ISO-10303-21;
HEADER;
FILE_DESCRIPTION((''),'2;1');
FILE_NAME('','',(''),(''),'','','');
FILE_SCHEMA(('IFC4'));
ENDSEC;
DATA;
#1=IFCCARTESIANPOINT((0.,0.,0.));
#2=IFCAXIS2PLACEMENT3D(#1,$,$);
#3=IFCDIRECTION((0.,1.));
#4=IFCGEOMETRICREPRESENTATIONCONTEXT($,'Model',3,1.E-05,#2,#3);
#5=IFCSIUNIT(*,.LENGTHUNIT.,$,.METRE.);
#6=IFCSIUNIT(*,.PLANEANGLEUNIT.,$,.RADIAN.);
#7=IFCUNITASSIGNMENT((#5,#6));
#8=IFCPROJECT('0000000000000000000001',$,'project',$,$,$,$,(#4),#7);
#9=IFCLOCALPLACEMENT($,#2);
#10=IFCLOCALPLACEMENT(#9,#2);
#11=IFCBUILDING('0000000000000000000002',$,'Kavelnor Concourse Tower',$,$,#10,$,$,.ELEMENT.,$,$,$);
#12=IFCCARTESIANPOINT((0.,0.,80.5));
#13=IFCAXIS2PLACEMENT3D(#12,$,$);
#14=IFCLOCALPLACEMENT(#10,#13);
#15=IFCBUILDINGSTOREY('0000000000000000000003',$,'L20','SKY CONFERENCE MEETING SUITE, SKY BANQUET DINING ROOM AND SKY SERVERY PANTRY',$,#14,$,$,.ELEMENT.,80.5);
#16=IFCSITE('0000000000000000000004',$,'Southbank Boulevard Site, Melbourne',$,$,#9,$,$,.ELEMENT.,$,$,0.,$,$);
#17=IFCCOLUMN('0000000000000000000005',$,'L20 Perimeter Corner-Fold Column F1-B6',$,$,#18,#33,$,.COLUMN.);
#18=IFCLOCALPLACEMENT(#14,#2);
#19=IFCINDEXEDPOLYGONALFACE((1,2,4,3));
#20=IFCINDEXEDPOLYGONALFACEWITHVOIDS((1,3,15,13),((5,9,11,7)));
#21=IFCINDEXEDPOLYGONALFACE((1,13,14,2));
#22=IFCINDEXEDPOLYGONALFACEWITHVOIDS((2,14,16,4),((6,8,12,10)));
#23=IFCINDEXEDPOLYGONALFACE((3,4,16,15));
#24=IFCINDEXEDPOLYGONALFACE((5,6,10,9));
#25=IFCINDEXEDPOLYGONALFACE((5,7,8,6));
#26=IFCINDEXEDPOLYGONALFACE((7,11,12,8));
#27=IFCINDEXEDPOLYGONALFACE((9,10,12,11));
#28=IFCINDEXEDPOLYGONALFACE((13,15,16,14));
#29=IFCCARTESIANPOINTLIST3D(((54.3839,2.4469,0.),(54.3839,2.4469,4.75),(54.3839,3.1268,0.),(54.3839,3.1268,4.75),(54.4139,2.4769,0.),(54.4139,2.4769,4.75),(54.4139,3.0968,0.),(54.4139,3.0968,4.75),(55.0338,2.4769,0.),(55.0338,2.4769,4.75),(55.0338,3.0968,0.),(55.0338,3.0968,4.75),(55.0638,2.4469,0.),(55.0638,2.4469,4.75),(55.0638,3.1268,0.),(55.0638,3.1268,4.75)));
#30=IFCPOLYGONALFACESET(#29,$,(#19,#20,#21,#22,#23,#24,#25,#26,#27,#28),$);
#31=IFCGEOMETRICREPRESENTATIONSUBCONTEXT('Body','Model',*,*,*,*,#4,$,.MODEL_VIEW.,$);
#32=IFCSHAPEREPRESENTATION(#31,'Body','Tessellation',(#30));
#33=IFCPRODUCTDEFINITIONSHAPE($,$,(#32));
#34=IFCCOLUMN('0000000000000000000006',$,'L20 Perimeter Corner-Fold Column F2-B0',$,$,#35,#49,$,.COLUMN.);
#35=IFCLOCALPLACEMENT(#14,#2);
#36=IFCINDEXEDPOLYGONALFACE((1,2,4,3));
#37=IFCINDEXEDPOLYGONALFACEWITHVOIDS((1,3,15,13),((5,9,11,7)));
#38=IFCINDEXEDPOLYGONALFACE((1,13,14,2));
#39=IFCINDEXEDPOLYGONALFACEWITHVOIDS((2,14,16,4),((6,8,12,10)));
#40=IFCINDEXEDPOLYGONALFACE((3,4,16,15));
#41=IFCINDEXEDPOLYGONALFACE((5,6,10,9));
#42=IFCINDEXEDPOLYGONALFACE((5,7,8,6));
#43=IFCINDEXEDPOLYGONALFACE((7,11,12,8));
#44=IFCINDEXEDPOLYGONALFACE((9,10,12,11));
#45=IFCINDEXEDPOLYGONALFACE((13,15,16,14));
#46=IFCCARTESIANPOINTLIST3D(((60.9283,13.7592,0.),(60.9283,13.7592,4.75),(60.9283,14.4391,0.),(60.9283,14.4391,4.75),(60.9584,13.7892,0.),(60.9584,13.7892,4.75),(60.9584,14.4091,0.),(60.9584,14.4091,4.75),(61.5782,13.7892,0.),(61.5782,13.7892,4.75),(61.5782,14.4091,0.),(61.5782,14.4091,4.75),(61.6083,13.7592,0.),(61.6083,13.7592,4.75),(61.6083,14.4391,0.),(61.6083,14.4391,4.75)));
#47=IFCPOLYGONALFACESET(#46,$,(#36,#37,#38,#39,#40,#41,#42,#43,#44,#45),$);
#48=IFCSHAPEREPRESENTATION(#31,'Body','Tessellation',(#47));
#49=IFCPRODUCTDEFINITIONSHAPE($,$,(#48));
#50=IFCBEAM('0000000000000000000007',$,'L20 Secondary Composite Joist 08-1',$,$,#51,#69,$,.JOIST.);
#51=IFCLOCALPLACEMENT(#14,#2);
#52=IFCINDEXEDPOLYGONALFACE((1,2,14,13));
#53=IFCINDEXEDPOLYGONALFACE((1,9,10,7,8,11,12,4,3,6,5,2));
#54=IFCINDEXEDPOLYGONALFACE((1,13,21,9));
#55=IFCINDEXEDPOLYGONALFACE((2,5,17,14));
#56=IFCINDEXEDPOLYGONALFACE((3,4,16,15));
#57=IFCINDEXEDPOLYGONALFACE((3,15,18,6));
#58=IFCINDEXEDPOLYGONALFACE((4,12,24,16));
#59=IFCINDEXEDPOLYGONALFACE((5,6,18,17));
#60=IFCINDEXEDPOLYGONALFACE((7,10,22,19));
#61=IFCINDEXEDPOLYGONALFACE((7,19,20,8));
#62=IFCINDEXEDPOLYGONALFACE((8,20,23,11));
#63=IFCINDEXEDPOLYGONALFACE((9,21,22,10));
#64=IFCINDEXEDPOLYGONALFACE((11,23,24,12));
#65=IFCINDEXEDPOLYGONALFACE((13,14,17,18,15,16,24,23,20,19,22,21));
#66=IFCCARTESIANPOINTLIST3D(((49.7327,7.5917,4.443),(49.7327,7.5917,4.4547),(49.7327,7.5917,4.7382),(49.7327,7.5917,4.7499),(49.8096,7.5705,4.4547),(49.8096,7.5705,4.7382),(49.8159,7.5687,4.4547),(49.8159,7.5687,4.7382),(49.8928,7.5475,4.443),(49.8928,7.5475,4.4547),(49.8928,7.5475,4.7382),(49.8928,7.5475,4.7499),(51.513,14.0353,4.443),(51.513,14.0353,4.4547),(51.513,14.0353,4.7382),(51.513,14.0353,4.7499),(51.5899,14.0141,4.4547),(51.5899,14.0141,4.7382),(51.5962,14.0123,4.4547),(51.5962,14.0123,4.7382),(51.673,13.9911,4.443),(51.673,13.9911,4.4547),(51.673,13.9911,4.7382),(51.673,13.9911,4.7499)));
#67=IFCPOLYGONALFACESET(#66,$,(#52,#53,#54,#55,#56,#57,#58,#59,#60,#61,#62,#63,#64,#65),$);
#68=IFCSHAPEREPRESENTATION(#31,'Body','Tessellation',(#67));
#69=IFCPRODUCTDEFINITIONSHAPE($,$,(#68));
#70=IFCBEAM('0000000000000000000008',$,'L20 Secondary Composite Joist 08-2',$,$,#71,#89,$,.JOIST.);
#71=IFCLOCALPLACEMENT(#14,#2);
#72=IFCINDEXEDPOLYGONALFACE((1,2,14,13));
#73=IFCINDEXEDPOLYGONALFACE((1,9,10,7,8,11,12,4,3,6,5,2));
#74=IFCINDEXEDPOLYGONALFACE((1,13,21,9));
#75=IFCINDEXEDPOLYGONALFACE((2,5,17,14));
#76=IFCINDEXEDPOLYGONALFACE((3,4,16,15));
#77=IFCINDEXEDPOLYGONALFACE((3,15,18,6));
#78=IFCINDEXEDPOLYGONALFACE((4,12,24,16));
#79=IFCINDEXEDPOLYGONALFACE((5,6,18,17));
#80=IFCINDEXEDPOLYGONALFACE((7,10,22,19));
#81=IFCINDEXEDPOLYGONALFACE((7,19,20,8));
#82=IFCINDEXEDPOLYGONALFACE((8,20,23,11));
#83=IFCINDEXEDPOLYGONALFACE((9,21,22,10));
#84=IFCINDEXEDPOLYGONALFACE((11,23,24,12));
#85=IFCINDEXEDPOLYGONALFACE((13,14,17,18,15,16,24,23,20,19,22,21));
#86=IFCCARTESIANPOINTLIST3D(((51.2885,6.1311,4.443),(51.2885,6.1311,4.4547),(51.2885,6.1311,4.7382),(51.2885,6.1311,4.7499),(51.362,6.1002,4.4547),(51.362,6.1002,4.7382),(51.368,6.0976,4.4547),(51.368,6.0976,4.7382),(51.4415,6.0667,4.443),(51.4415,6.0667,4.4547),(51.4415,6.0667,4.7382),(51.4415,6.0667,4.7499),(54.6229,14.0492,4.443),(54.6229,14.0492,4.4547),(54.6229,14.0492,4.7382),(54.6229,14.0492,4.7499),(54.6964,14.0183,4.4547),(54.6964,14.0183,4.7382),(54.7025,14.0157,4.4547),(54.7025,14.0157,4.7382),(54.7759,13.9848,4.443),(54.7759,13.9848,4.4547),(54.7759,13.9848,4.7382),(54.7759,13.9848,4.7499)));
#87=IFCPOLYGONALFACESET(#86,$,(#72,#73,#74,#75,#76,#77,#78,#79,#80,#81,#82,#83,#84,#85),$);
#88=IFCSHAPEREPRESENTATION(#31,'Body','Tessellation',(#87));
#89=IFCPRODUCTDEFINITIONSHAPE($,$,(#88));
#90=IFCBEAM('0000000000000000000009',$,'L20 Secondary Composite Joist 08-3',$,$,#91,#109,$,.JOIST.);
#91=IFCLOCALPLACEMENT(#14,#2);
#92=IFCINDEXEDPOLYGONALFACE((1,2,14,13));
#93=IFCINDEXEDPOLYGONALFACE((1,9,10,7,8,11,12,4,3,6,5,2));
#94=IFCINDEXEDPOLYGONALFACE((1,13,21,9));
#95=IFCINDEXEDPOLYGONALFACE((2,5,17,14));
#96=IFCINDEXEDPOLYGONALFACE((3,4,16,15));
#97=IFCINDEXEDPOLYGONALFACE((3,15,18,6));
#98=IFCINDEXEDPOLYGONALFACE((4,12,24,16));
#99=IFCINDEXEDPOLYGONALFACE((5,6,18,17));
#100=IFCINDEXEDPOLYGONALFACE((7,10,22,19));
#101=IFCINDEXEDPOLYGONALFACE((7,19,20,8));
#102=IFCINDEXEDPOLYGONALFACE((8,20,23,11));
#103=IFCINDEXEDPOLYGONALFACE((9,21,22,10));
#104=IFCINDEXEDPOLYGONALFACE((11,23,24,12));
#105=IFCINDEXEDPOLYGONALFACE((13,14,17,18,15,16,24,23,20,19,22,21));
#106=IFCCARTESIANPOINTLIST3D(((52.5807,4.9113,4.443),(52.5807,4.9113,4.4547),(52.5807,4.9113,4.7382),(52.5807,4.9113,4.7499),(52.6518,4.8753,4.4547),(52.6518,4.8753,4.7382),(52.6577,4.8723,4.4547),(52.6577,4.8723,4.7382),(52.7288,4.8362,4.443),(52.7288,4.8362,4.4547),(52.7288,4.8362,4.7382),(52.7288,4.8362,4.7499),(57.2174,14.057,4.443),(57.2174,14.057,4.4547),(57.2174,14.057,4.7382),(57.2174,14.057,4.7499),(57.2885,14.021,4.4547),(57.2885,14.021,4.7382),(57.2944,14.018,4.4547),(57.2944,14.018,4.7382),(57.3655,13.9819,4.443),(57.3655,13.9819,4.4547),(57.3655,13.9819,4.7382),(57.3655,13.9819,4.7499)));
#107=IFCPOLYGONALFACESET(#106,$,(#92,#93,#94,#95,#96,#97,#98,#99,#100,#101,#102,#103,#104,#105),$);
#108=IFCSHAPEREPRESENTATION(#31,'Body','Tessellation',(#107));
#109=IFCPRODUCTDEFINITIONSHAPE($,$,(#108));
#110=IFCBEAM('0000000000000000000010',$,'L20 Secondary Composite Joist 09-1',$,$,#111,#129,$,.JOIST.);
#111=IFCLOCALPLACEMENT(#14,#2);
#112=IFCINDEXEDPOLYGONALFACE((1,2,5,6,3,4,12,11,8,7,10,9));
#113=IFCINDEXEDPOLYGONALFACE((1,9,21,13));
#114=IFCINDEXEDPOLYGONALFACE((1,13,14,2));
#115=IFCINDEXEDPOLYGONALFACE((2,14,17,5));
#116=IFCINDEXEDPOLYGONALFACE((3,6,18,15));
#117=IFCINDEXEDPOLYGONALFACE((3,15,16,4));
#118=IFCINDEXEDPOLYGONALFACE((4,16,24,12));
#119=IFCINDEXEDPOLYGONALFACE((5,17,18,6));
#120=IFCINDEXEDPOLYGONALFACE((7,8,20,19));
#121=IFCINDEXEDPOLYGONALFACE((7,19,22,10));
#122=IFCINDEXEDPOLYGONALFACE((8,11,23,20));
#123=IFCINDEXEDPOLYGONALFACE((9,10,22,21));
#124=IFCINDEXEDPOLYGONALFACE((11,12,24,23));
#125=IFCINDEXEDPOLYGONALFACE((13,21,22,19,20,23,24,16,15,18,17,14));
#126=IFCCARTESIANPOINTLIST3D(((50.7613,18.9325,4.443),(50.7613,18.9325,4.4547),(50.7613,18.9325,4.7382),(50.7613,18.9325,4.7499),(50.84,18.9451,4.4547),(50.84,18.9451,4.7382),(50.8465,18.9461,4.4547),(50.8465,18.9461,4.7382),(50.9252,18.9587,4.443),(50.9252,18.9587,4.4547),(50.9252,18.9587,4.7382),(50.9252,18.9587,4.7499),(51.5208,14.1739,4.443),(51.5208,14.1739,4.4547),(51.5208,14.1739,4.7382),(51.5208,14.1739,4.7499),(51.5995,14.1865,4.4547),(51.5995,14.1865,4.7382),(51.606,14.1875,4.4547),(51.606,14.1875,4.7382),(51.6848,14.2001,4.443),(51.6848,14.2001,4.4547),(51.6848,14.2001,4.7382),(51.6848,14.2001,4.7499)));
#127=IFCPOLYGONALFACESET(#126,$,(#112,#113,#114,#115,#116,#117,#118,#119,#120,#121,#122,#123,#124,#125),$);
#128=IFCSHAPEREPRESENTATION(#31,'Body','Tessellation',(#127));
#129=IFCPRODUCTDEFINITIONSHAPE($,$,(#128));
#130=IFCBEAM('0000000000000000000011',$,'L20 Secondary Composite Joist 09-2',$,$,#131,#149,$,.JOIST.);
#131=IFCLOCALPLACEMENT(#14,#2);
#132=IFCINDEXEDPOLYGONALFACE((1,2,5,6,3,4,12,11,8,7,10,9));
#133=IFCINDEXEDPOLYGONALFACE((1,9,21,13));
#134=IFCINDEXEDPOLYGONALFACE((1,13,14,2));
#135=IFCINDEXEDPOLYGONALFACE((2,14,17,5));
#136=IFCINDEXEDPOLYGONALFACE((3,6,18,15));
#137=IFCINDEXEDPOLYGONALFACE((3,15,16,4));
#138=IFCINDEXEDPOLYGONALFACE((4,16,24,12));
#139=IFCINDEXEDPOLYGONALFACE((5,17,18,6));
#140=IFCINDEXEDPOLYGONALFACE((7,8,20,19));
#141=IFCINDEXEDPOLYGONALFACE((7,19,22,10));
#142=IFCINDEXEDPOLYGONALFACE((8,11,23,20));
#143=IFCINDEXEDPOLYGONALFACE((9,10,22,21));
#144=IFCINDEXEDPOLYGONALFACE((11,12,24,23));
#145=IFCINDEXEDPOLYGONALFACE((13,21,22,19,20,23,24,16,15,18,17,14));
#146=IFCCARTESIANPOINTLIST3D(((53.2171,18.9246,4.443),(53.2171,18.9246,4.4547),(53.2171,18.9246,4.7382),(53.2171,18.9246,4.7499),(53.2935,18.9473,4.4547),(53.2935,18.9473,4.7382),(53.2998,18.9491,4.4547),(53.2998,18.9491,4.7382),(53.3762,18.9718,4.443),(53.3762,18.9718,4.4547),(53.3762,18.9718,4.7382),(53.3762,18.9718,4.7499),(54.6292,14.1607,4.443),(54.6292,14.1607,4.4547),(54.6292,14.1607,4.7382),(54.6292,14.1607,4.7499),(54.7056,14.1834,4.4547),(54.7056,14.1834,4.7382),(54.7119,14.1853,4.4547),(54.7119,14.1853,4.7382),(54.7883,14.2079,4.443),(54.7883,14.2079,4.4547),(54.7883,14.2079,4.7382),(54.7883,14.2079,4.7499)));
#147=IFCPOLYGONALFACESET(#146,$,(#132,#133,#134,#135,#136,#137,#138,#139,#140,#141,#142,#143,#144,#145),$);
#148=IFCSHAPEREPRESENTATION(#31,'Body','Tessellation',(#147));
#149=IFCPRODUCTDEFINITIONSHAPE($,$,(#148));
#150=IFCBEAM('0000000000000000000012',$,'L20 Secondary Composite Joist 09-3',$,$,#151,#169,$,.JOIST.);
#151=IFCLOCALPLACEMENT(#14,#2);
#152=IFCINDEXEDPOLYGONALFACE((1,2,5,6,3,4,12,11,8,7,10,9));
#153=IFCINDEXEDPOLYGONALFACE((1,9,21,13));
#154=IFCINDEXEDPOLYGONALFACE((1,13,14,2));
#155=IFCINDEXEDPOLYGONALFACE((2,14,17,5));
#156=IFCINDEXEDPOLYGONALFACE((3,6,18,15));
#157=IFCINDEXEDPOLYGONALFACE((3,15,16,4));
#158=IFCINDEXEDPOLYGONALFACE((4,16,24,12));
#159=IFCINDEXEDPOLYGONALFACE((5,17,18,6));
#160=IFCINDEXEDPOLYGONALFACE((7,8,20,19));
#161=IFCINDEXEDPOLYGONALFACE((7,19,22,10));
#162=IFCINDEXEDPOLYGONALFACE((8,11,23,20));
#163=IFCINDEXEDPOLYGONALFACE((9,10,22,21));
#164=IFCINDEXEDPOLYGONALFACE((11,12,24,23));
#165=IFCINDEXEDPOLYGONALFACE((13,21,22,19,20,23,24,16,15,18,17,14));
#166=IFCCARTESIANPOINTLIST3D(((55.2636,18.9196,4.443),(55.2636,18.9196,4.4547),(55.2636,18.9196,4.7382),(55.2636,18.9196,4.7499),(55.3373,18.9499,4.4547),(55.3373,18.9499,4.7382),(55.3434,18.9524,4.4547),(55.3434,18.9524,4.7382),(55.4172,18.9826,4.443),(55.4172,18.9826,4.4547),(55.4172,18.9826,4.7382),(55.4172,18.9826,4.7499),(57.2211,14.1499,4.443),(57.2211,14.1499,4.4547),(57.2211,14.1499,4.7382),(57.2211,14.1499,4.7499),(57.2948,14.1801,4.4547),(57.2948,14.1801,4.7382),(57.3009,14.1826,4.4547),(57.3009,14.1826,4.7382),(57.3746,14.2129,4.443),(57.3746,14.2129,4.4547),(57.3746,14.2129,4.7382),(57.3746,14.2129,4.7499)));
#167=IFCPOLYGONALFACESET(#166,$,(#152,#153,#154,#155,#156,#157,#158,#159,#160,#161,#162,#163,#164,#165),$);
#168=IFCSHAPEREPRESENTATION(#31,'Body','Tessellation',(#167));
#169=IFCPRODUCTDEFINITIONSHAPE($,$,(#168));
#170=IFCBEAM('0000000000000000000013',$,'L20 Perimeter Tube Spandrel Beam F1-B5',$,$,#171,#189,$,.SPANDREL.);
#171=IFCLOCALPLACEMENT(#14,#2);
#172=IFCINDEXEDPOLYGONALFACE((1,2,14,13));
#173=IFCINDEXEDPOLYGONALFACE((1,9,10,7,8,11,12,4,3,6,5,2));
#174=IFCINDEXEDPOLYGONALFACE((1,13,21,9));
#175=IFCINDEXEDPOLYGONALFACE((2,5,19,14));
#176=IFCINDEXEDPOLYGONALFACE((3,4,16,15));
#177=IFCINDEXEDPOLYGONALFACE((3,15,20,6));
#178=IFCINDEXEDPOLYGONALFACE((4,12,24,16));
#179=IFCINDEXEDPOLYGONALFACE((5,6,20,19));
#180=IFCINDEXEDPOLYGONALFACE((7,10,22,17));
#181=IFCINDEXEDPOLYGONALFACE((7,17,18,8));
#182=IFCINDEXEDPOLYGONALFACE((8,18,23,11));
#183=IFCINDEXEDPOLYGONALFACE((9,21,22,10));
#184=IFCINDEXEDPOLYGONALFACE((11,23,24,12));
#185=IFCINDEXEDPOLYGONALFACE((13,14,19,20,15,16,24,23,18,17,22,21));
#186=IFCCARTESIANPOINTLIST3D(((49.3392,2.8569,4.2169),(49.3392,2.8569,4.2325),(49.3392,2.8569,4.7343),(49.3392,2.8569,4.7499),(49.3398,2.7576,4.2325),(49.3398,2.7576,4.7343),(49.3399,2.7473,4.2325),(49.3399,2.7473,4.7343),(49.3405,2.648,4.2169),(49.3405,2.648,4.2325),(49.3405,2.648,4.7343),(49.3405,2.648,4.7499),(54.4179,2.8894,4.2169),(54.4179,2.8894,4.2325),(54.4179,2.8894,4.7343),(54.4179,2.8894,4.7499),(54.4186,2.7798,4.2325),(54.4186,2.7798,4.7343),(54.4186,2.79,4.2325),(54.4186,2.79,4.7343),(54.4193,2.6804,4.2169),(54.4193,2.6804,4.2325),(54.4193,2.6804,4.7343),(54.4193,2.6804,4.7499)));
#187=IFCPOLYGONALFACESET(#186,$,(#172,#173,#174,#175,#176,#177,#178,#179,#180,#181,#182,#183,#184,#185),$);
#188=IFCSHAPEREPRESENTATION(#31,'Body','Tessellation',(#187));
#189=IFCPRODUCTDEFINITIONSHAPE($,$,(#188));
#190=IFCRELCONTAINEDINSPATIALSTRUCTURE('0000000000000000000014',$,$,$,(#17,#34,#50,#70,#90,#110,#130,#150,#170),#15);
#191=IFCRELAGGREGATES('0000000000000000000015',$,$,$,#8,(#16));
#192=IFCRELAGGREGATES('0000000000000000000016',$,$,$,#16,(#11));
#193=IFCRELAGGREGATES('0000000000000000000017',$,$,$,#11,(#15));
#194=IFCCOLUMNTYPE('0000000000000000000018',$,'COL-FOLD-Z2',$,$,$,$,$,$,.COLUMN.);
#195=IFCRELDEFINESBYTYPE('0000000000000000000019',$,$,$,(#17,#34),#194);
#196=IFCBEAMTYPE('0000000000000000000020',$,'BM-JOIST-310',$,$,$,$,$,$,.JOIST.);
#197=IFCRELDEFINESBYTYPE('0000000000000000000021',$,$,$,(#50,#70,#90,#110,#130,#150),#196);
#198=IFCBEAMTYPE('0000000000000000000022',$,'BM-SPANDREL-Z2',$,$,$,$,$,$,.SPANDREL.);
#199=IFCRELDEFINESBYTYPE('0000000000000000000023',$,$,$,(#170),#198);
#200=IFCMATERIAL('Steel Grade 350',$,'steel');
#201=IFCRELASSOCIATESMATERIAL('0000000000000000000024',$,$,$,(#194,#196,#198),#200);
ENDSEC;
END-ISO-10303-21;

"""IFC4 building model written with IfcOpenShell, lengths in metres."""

from ifc_helpers import new_model, si_unit, direction, frame, origin, origin_2d, place, context, subcontext, project, spatial, hollow_rectangle, i_section, extrude, material, material_profile, profile_set, type_object, element, save


model = new_model("IFC4")

# Units and contexts
model_context = context("Model", 3, precision=1e-05, world=origin(), true_north=direction((0.0, 1.0)))
body_context = subcontext(model_context, "Body", "Model", "MODEL_VIEW")
ifc_project = project(units=[si_unit("LENGTHUNIT", "METRE"), si_unit("PLANEANGLEUNIT", "RADIAN")], contexts=[model_context])

# Site, building, storey
site_placement = place(None, origin())
site = spatial("IfcSite", under=ifc_project, at=site_placement, Name="Southbank Boulevard Site, Melbourne", CompositionType="ELEMENT", RefElevation=0.0)
building_placement = place(site_placement, origin())
building = spatial("IfcBuilding", under=site, at=building_placement, Name="Kavelnor Concourse Tower", CompositionType="ELEMENT")
storey_placement = place(building_placement, frame((0.0, 0.0, 80.5)))
storey = spatial("IfcBuildingStorey", under=building, at=storey_placement, Name="L20", Description="SKY CONFERENCE MEETING SUITE, SKY BANQUET DINING ROOM AND SKY SERVERY PANTRY", CompositionType="ELEMENT", Elevation=80.5)

# Columns
ifc_material_1 = material(Name="Steel Grade 350", Category="steel")
ifc_material_profile_1 = material_profile(ifc_material_1, hollow_rectangle(XDim=0.6799, YDim=0.6799, WallThickness=0.03, at=origin_2d()), Name="SHS 680x680x30")
ifc_profile_set_1 = profile_set([ifc_material_profile_1], Name="Steel Grade 350")
column_type = type_object("IfcColumnType", Name="COL-FOLD-Z2", PredefinedType="COLUMN", material=ifc_profile_set_1)
for number, where, z_axis, x_axis, name in (
    (1, (54.7239, 2.7869, 0.0), (0.0, 0.0, 1.0), (1.0, 0.0, 0.0), "L20 Perimeter Corner-Fold Column F1-B6"),
    (2, (61.2683, 14.0991, 0.0), (0.0, 0.0, 1.0), (1.0, 0.0, 0.0), "L20 Perimeter Corner-Fold Column F2-B0"),
):
    element("IfcColumn", number, at=place(storey_placement, frame(where, z_axis=z_axis, x_axis=x_axis)), inside=storey, type_object=column_type, Name=name, PredefinedType="COLUMN", context=body_context, shape_type="SweptSolid", body=[
        extrude(hollow_rectangle(XDim=0.6799, YDim=0.6799, WallThickness=0.03, at=origin_2d()), origin(), (0.0, 0.0, 1.0), 4.75),
    ])

# Beams
ifc_material_profile_2 = material_profile(ifc_material_1, i_section(OverallWidth=0.166, OverallDepth=0.3069, WebThickness=0.0066, FlangeThickness=0.0117, at=origin_2d()), Name="310UB46")
ifc_profile_set_2 = profile_set([ifc_material_profile_2], Name="Steel Grade 350")
beam_type_1 = type_object("IfcBeamType", Name="BM-JOIST-310", PredefinedType="JOIST", material=ifc_profile_set_2)
beam_1_placement = place(storey_placement, frame((49.8127, 7.5696, 4.5964), z_axis=(0.266308, 0.963888, 0.0), x_axis=(-0.963888, 0.266308, 0.0)))
element("IfcBeam", 3, at=beam_1_placement, inside=storey, type_object=beam_type_1, Name="L20 Secondary Composite Joist 08-1", PredefinedType="JOIST", context=body_context, shape_type="SweptSolid", body=[
    extrude(i_section(OverallWidth=0.166, OverallDepth=0.3069, WebThickness=0.0066, FlangeThickness=0.0117, at=origin_2d()), origin(), (0.0, 0.0, 1.0), 6.6851),
])
beam_2_placement = place(storey_placement, frame((51.365, 6.0989, 4.5964), z_axis=(0.388105, 0.921615, 0.0), x_axis=(-0.921615, 0.388105, 0.0)))
element("IfcBeam", 4, at=beam_2_placement, inside=storey, type_object=beam_type_1, Name="L20 Secondary Composite Joist 08-2", PredefinedType="JOIST", context=body_context, shape_type="SweptSolid", body=[
    extrude(i_section(OverallWidth=0.166, OverallDepth=0.3069, WebThickness=0.0066, FlangeThickness=0.0117, at=origin_2d()), origin(), (0.0, 0.0, 1.0), 8.5916),
])
beam_3_placement = place(storey_placement, frame((52.6548, 4.8738, 4.5964), z_axis=(0.452188, 0.891923, 0.0), x_axis=(-0.891923, 0.452188, 0.0)))
element("IfcBeam", 5, at=beam_3_placement, inside=storey, type_object=beam_type_1, Name="L20 Secondary Composite Joist 08-3", PredefinedType="JOIST", context=body_context, shape_type="SweptSolid", body=[
    extrude(i_section(OverallWidth=0.166, OverallDepth=0.3069, WebThickness=0.0066, FlangeThickness=0.0117, at=origin_2d()), origin(), (0.0, 0.0, 1.0), 10.2539),
])
beam_4_placement = place(storey_placement, frame((51.6028, 14.187, 4.5964), z_axis=(-0.157617, 0.9875, 0.0), x_axis=(-0.9875, -0.157617, 0.0)))
element("IfcBeam", 6, at=beam_4_placement, inside=storey, type_object=beam_type_1, Name="L20 Secondary Composite Joist 09-1", PredefinedType="JOIST", context=body_context, shape_type="SweptSolid", body=[
    extrude(i_section(OverallWidth=0.166, OverallDepth=0.3069, WebThickness=0.0066, FlangeThickness=0.0117, at=origin_2d()), origin(), (0.0, 0.0, 1.0), 4.8188),
])
beam_5_placement = place(storey_placement, frame((54.7087, 14.1843, 4.5964), z_axis=(-0.284195, 0.958766, 0.0), x_axis=(-0.958766, -0.284195, 0.0)))
element("IfcBeam", 7, at=beam_5_placement, inside=storey, type_object=beam_type_1, Name="L20 Secondary Composite Joist 09-2", PredefinedType="JOIST", context=body_context, shape_type="SweptSolid", body=[
    extrude(i_section(OverallWidth=0.166, OverallDepth=0.3069, WebThickness=0.0066, FlangeThickness=0.0117, at=origin_2d()), origin(), (0.0, 0.0, 1.0), 4.9688),
])
beam_6_placement = place(storey_placement, frame((57.2979, 14.1814, 4.5964), z_axis=(-0.379671, 0.925122, 0.0), x_axis=(-0.925122, -0.379671, 0.0)))
element("IfcBeam", 8, at=beam_6_placement, inside=storey, type_object=beam_type_1, Name="L20 Secondary Composite Joist 09-3", PredefinedType="JOIST", context=body_context, shape_type="SweptSolid", body=[
    extrude(i_section(OverallWidth=0.166, OverallDepth=0.3069, WebThickness=0.0066, FlangeThickness=0.0117, at=origin_2d()), origin(), (0.0, 0.0, 1.0), 5.1558),
])
ifc_material_profile_3 = material_profile(ifc_material_1, i_section(OverallWidth=0.209, OverallDepth=0.533, WebThickness=0.0103, FlangeThickness=0.0156, at=origin_2d()), Name="530UB92")
ifc_profile_set_3 = profile_set([ifc_material_profile_3], Name="Steel Grade 350")
beam_type_2 = type_object("IfcBeamType", Name="BM-SPANDREL-Z2", PredefinedType="SPANDREL", material=ifc_profile_set_3)
beam_7_placement = place(storey_placement, frame((49.3398, 2.7524, 4.4834), z_axis=(0.99998, 0.006393, 0.0), x_axis=(-0.006393, 0.99998, 0.0)))
element("IfcBeam", 9, at=beam_7_placement, inside=storey, type_object=beam_type_2, Name="L20 Perimeter Tube Spandrel Beam F1-B5", PredefinedType="SPANDREL", context=body_context, shape_type="SweptSolid", body=[
    extrude(i_section(OverallWidth=0.209, OverallDepth=0.533, WebThickness=0.0103, FlangeThickness=0.0156, at=origin_2d()), origin(), (0.0, 0.0, 1.0), 5.0789),
])

save(model, "model.ifc")
